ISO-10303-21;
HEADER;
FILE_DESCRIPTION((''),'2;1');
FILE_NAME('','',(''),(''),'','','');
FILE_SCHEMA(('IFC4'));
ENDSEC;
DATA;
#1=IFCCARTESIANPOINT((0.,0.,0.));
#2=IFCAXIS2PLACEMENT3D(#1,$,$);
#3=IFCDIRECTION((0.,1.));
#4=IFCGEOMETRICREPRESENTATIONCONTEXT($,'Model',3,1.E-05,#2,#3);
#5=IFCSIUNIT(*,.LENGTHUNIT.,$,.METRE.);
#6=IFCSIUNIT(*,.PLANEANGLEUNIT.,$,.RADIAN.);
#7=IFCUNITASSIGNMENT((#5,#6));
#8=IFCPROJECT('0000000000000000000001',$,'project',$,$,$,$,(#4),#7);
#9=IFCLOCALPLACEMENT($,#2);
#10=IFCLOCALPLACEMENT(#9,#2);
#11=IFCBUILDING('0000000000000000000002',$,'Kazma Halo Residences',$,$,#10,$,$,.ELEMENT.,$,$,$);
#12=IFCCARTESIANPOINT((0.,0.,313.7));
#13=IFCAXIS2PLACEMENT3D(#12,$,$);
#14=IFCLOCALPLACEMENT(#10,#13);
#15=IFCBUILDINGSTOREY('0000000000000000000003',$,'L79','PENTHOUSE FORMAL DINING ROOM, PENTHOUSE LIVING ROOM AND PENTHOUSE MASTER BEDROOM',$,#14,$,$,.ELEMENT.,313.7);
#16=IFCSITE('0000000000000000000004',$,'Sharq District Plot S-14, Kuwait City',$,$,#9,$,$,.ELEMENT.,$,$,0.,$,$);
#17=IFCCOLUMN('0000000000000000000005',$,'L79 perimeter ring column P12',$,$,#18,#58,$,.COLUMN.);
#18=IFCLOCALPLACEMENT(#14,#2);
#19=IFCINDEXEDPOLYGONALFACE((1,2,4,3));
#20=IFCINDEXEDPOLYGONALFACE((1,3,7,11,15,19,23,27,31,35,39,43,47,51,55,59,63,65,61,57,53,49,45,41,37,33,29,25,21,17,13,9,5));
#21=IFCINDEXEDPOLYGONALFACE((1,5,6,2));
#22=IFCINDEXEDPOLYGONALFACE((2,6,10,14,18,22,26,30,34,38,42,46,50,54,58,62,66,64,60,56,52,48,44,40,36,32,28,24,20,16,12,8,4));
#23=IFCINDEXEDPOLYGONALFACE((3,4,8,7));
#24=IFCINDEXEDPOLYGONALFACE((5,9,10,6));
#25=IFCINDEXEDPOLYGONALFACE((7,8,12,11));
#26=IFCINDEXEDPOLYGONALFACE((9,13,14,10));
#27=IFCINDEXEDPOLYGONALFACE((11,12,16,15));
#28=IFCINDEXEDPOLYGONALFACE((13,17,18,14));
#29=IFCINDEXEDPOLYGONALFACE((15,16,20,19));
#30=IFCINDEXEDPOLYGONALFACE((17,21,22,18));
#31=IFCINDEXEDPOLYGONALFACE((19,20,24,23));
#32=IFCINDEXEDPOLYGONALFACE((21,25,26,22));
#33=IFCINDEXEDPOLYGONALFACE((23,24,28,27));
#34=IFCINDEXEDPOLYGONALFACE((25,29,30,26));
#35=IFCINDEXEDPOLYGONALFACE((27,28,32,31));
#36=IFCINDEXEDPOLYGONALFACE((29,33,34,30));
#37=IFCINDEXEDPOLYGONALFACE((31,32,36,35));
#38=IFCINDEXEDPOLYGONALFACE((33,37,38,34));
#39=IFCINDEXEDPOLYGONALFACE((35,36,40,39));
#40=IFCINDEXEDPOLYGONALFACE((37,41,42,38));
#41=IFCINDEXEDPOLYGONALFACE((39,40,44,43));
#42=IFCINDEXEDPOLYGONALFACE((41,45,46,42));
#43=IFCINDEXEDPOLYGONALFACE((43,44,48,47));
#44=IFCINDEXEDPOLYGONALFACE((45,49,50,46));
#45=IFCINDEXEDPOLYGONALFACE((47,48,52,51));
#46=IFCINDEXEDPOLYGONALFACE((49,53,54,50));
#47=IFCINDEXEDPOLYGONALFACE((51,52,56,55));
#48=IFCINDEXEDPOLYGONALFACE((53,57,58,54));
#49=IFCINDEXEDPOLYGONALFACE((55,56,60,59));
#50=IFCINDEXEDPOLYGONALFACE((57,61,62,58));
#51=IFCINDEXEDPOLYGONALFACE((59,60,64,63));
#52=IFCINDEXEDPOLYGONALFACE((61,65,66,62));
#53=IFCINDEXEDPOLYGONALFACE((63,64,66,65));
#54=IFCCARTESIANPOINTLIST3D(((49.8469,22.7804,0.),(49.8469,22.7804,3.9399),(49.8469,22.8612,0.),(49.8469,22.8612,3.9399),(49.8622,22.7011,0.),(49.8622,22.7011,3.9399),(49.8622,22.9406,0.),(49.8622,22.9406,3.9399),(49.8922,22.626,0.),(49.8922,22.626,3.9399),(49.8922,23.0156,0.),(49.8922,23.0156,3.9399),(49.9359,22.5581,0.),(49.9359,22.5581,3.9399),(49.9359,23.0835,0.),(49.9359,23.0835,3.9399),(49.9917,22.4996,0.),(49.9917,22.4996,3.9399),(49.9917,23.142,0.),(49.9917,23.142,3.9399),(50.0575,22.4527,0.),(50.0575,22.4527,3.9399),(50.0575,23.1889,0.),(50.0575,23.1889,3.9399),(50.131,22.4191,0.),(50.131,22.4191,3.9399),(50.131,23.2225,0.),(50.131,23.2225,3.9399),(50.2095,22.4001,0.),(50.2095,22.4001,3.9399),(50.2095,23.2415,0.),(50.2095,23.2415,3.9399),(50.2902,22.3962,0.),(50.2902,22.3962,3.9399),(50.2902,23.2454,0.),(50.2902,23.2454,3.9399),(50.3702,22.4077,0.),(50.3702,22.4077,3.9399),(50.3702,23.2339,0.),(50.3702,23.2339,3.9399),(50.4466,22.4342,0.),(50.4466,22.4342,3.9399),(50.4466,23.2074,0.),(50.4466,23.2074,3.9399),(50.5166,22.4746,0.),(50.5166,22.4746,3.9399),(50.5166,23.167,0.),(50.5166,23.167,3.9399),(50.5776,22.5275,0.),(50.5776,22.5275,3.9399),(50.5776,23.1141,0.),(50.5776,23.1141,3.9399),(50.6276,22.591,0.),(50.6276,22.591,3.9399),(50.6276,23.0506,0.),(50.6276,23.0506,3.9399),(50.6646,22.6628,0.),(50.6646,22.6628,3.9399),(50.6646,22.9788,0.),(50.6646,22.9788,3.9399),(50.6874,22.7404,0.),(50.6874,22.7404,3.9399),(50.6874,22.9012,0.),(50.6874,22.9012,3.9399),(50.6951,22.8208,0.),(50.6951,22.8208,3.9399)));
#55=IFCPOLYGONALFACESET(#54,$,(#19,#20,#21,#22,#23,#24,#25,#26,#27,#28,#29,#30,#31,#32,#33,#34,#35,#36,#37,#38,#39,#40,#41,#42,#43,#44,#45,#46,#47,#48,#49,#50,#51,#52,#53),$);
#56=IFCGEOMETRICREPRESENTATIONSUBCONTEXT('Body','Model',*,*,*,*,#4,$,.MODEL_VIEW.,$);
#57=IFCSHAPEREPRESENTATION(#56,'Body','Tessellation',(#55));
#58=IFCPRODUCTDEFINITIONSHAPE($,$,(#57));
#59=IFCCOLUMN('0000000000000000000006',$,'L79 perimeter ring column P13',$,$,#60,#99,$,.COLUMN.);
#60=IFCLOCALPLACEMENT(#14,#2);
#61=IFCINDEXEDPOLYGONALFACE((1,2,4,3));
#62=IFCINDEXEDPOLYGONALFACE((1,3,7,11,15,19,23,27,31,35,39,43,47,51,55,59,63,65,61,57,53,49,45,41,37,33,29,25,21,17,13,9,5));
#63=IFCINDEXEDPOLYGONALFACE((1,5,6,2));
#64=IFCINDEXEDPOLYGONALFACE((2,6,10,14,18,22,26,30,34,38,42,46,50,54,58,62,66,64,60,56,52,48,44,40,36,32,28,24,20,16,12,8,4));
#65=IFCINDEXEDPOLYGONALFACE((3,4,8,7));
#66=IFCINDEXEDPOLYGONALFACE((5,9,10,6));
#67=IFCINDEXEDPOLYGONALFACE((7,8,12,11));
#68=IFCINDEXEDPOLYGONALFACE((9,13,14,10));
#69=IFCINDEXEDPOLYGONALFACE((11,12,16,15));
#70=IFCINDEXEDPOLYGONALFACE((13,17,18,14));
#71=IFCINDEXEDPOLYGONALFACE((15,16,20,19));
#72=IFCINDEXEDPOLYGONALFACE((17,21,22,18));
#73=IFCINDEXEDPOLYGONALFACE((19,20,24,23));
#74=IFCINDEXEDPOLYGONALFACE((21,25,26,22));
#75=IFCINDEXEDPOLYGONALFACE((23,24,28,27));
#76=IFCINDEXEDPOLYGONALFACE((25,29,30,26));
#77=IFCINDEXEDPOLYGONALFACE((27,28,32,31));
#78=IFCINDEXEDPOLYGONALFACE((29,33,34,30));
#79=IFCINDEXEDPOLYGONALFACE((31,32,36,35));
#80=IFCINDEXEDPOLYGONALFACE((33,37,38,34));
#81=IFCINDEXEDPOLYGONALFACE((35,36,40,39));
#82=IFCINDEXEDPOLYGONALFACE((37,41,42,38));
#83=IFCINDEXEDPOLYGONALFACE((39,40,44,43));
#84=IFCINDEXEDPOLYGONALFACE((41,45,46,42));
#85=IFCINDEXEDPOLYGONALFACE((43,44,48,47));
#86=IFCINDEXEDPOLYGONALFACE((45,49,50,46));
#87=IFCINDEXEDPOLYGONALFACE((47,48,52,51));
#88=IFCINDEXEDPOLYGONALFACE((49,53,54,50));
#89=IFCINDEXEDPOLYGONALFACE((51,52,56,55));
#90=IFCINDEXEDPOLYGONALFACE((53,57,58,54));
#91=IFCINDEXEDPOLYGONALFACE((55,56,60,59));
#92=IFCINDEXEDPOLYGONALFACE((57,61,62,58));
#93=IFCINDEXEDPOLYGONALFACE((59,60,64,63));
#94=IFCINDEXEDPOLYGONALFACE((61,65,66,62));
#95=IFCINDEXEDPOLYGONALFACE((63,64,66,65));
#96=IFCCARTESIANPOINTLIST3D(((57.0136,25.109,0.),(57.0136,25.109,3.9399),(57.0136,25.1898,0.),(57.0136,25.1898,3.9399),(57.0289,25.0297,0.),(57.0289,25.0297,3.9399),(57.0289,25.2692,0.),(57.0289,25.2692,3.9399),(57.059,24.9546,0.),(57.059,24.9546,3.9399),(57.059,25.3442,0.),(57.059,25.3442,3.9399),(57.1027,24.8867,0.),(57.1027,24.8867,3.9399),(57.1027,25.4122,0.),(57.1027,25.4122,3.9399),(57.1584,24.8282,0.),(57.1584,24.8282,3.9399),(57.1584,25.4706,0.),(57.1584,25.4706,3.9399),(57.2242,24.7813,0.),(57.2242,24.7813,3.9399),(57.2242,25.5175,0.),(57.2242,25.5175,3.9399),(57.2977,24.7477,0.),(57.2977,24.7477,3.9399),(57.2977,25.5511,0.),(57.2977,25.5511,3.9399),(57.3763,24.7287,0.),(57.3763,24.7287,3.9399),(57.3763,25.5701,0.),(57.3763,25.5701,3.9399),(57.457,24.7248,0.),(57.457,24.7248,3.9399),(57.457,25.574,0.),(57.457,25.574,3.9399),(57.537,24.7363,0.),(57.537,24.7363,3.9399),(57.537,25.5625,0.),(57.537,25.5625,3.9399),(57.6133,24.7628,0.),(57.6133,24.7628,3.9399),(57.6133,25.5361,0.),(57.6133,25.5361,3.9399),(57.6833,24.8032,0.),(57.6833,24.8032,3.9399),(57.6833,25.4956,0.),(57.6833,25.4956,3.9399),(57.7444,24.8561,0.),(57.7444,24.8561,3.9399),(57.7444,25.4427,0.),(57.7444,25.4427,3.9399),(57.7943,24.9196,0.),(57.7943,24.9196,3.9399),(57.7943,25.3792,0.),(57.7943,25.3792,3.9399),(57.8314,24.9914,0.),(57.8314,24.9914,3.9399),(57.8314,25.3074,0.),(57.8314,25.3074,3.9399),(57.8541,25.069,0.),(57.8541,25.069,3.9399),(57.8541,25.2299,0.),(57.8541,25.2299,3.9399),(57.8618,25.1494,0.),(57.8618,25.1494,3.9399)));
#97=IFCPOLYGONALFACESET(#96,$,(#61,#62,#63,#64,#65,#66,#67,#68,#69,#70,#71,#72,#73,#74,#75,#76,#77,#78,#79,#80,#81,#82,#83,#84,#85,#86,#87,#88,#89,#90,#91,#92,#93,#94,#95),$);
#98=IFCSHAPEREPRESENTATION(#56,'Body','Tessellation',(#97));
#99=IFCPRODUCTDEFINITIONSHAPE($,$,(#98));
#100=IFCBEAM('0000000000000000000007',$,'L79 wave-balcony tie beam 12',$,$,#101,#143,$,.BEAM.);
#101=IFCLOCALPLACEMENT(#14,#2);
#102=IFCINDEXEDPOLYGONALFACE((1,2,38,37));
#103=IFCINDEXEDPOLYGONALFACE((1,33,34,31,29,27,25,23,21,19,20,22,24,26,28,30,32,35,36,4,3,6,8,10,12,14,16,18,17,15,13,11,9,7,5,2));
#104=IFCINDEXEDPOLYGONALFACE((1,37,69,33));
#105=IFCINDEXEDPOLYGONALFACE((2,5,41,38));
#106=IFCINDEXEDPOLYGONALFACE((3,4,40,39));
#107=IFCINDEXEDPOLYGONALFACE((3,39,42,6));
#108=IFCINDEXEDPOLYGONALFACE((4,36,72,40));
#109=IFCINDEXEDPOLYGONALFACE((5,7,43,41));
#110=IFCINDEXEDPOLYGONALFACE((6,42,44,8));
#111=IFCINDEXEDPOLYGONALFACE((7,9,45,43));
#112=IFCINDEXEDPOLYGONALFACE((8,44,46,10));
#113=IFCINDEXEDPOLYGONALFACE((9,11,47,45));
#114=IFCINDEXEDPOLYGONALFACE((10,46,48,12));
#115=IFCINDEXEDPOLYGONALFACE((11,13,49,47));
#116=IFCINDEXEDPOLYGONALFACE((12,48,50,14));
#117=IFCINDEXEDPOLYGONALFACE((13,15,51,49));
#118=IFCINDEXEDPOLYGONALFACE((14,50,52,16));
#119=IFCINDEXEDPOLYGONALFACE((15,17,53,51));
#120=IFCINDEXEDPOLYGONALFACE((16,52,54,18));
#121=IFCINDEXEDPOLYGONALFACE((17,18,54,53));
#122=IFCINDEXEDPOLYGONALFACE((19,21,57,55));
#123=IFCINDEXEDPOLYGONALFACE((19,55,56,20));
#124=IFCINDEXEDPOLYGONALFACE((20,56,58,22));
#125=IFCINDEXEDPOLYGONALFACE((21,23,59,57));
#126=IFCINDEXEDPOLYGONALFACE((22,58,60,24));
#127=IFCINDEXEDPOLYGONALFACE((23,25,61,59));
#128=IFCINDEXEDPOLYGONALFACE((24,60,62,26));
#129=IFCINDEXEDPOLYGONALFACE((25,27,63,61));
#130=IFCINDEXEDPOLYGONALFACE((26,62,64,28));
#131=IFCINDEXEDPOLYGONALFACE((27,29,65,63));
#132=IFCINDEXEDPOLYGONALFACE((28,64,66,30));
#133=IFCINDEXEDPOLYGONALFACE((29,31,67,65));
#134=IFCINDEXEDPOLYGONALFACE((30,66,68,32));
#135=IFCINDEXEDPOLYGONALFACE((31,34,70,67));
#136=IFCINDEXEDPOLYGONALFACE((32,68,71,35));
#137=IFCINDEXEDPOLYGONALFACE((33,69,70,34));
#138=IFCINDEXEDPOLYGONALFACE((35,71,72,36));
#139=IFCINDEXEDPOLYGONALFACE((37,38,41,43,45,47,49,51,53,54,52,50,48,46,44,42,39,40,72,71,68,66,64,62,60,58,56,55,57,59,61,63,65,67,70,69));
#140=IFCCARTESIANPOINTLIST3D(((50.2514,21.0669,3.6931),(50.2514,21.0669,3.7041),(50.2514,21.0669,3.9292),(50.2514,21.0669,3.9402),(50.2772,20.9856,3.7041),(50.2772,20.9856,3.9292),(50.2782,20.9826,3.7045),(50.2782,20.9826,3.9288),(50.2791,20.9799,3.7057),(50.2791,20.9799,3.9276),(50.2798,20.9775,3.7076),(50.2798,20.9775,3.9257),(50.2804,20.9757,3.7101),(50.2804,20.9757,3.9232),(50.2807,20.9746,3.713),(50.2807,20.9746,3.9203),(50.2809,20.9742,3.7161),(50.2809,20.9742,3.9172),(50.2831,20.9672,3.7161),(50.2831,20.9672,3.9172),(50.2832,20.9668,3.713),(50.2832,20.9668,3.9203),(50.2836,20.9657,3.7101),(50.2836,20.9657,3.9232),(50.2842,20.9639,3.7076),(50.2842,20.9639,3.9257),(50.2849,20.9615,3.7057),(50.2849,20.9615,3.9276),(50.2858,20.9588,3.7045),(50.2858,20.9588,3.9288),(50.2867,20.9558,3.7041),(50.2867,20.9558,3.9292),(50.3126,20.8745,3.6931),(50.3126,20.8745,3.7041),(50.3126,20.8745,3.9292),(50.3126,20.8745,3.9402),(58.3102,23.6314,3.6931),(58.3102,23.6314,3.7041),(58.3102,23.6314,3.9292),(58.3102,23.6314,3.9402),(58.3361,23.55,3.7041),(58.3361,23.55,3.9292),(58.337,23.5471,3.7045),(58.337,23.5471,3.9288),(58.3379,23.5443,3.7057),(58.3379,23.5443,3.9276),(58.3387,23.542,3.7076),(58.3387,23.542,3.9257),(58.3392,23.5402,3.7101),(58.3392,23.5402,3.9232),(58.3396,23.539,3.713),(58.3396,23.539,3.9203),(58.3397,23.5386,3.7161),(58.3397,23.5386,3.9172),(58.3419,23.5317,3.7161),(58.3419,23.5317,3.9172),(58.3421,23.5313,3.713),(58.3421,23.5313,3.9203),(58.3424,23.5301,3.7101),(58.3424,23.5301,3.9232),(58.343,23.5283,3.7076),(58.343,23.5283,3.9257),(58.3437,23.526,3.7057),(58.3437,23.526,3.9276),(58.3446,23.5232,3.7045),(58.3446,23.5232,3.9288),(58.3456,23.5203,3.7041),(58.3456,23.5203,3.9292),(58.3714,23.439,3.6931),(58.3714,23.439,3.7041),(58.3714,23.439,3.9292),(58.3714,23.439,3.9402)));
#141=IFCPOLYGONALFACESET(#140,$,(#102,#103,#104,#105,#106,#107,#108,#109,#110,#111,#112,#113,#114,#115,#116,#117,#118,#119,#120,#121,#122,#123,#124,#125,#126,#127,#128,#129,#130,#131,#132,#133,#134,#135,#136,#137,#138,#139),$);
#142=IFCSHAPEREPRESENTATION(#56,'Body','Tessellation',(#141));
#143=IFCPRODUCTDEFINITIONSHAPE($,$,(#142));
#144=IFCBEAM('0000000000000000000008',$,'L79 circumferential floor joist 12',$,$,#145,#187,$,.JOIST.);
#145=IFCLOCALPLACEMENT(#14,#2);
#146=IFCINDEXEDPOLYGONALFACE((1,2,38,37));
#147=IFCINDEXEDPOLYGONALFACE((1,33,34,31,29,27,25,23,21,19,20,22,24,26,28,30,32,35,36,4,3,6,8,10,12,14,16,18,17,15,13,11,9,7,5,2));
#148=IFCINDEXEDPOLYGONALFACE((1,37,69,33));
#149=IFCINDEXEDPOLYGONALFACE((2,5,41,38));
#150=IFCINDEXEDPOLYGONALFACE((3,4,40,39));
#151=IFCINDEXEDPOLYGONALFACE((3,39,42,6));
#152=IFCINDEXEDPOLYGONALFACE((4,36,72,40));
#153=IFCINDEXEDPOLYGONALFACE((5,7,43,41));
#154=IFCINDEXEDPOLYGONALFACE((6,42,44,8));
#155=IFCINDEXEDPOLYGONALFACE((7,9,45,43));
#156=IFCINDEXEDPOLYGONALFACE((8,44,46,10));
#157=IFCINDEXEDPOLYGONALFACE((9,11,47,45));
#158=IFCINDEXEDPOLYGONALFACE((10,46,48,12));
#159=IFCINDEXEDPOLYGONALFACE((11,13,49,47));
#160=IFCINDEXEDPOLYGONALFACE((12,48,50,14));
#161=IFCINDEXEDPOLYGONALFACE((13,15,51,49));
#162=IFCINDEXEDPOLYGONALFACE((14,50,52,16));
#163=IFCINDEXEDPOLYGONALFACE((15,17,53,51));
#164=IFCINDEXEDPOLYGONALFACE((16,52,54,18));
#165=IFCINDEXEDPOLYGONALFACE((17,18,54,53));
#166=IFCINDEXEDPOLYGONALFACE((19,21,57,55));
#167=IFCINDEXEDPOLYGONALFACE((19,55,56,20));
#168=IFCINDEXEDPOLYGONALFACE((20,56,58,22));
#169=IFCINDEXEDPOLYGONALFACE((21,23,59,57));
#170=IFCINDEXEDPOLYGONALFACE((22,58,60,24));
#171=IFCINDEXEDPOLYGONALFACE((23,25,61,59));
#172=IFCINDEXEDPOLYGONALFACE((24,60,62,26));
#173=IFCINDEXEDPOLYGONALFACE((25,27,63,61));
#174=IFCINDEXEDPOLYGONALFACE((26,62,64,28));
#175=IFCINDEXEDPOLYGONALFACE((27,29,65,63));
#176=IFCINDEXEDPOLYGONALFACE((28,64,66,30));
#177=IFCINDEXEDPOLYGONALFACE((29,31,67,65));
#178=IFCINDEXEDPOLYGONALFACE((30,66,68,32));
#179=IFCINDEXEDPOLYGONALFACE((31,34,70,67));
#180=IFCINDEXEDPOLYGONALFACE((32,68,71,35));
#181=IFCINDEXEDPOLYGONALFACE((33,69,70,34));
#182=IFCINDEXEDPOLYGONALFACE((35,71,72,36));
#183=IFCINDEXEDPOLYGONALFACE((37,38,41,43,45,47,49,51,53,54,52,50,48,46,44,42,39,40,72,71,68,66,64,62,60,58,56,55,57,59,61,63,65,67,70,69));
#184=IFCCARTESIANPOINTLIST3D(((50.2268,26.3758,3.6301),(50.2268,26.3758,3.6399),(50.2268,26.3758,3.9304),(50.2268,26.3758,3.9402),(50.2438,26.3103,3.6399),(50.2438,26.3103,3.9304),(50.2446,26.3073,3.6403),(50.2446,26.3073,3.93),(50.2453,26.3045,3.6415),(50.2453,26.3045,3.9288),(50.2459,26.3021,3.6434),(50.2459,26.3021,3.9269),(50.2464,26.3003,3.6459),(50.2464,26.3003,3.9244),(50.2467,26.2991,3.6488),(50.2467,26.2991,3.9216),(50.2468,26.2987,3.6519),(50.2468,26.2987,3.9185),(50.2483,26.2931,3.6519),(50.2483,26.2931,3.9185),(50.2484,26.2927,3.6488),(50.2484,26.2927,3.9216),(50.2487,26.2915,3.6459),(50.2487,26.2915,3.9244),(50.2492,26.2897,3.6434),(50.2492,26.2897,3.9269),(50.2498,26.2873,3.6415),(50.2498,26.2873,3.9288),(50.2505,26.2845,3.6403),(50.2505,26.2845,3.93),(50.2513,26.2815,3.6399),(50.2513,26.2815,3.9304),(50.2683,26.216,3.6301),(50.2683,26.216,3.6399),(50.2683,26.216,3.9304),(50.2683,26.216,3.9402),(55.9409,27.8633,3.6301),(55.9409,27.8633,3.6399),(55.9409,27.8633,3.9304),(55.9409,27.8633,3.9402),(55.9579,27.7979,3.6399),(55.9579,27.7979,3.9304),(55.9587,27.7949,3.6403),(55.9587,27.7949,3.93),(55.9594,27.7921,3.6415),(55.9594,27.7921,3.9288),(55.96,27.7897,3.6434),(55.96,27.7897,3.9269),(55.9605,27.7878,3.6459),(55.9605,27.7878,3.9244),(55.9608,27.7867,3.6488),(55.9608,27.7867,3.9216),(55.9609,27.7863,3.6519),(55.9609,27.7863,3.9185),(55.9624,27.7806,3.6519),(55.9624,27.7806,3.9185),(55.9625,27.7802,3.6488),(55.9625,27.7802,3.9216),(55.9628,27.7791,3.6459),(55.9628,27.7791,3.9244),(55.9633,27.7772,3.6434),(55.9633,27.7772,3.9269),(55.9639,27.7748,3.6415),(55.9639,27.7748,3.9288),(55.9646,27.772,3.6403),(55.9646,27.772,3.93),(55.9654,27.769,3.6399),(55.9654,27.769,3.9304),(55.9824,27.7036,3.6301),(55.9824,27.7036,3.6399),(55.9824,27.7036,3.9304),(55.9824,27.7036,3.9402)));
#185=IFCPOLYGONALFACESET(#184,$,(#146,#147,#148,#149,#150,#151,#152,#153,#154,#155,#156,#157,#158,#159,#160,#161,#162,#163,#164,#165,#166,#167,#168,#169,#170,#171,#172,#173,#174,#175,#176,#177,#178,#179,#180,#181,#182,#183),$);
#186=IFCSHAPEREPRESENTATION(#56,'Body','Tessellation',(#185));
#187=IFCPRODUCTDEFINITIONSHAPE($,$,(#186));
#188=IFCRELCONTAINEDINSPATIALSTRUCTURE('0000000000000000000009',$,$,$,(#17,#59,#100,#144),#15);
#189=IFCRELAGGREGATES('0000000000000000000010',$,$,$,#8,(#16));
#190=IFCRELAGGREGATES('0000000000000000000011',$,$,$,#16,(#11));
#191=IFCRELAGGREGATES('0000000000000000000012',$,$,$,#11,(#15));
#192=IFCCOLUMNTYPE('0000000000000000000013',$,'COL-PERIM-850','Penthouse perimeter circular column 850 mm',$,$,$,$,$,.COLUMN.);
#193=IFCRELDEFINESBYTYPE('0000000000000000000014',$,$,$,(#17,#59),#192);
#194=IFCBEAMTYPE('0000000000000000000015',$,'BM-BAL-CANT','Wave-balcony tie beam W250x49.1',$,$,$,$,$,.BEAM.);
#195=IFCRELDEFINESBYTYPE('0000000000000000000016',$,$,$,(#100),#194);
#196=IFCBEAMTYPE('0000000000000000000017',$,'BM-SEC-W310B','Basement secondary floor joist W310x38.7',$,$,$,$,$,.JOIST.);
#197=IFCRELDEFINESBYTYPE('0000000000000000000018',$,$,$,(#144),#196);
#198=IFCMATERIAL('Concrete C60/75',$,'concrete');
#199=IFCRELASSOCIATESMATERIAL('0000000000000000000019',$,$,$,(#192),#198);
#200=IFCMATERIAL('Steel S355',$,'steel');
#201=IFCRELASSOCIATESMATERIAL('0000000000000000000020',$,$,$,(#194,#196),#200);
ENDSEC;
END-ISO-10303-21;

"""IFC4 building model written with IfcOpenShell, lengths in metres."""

from ifc_helpers import new_model, si_unit, direction, frame, origin, origin_2d, place, context, subcontext, project, spatial, circle, i_section, extrude, material, material_profile, profile_set, type_object, element, save


model = new_model("IFC4")

# Units and contexts
model_context = context("Model", 3, precision=1e-05, world=origin(), true_north=direction((0.0, 1.0)))
body_context = subcontext(model_context, "Body", "Model", "MODEL_VIEW")
ifc_project = project(units=[si_unit("LENGTHUNIT", "METRE"), si_unit("PLANEANGLEUNIT", "RADIAN")], contexts=[model_context])

# Site, building, storey
site_placement = place(None, origin())
site = spatial("IfcSite", under=ifc_project, at=site_placement, Name="Sharq District Plot S-14, Kuwait City", CompositionType="ELEMENT", RefElevation=0.0)
building_placement = place(site_placement, origin())
building = spatial("IfcBuilding", under=site, at=building_placement, Name="Kazma Halo Residences", CompositionType="ELEMENT")
storey_placement = place(building_placement, frame((0.0, 0.0, 313.7)))
storey = spatial("IfcBuildingStorey", under=building, at=storey_placement, Name="L79", Description="PENTHOUSE FORMAL DINING ROOM, PENTHOUSE LIVING ROOM AND PENTHOUSE MASTER BEDROOM", CompositionType="ELEMENT", Elevation=313.7)

# Columns
ifc_material_1 = material(Name="Concrete C60/75", Category="concrete")
ifc_material_profile_1 = material_profile(ifc_material_1, circle(Radius=0.425, at=origin_2d()), Name="CIRC850")
ifc_profile_set_1 = profile_set([ifc_material_profile_1], Name="Concrete C60/75")
column_type = type_object("IfcColumnType", Name="COL-PERIM-850", Description="Penthouse perimeter circular column 850 mm", PredefinedType="COLUMN", material=ifc_profile_set_1)
for number, where, z_axis, x_axis, name in (
    (1, (50.27, 22.8208, 0.0), (0.0, 0.0, 1.0), (1.0, 0.0, 0.0), "L79 perimeter ring column P12"),
    (2, (57.4368, 25.1494, 0.0), (0.0, 0.0, 1.0), (1.0, 0.0, 0.0), "L79 perimeter ring column P13"),
):
    element("IfcColumn", number, at=place(storey_placement, frame(where, z_axis=z_axis, x_axis=x_axis)), inside=storey, type_object=column_type, Name=name, PredefinedType="COLUMN", context=body_context, shape_type="SweptSolid", body=[
        extrude(circle(Radius=0.425, at=origin_2d()), origin(), (0.0, 0.0, 1.0), 3.9399),
    ])

# Beams
ifc_material_2 = material(Name="Steel S355", Category="steel")
ifc_material_profile_2 = material_profile(ifc_material_2, i_section(OverallWidth=0.2019, OverallDepth=0.2471, WebThickness=0.0073, FlangeThickness=0.011, FilletRadius=0.012, at=origin_2d()), Name="W250x49.1")
ifc_profile_set_2 = profile_set([ifc_material_profile_2], Name="Steel S355")
beam_type_1 = type_object("IfcBeamType", Name="BM-BAL-CANT", Description="Wave-balcony tie beam W250x49.1", PredefinedType="BEAM", material=ifc_profile_set_2)
beam_1_placement = place(storey_placement, frame((50.282, 20.9707, 3.8167), z_axis=(0.952916, 0.303233, 0.0), x_axis=(-0.303233, 0.952916, 0.0)))
element("IfcBeam", 3, at=beam_1_placement, inside=storey, type_object=beam_type_1, Name="L79 wave-balcony tie beam 12", PredefinedType="BEAM", context=body_context, shape_type="SweptSolid", body=[
    extrude(i_section(OverallWidth=0.2019, OverallDepth=0.2471, WebThickness=0.0073, FlangeThickness=0.011, FilletRadius=0.012, at=origin_2d()), origin(), (0.0, 0.0, 1.0), 8.457),
])
ifc_material_profile_3 = material_profile(ifc_material_2, i_section(OverallWidth=0.165, OverallDepth=0.3101, WebThickness=0.0059, FlangeThickness=0.0098, FilletRadius=0.012, at=origin_2d()), Name="W310x38.7")
ifc_profile_set_3 = profile_set([ifc_material_profile_3], Name="Steel S355")
beam_type_2 = type_object("IfcBeamType", Name="BM-SEC-W310B", Description="Basement secondary floor joist W310x38.7", PredefinedType="JOIST", material=ifc_profile_set_3)
beam_2_placement = place(storey_placement, frame((50.2476, 26.2959, 3.7852), z_axis=(0.967745, 0.251932, 0.0), x_axis=(-0.251932, 0.967745, 0.0)))
element("IfcBeam", 4, at=beam_2_placement, inside=storey, type_object=beam_type_2, Name="L79 circumferential floor joist 12", PredefinedType="JOIST", context=body_context, shape_type="SweptSolid", body=[
    extrude(i_section(OverallWidth=0.165, OverallDepth=0.3101, WebThickness=0.0059, FlangeThickness=0.0098, FilletRadius=0.012, at=origin_2d()), origin(), (0.0, 0.0, 1.0), 5.9045),
])

save(model, "model.ifc")
